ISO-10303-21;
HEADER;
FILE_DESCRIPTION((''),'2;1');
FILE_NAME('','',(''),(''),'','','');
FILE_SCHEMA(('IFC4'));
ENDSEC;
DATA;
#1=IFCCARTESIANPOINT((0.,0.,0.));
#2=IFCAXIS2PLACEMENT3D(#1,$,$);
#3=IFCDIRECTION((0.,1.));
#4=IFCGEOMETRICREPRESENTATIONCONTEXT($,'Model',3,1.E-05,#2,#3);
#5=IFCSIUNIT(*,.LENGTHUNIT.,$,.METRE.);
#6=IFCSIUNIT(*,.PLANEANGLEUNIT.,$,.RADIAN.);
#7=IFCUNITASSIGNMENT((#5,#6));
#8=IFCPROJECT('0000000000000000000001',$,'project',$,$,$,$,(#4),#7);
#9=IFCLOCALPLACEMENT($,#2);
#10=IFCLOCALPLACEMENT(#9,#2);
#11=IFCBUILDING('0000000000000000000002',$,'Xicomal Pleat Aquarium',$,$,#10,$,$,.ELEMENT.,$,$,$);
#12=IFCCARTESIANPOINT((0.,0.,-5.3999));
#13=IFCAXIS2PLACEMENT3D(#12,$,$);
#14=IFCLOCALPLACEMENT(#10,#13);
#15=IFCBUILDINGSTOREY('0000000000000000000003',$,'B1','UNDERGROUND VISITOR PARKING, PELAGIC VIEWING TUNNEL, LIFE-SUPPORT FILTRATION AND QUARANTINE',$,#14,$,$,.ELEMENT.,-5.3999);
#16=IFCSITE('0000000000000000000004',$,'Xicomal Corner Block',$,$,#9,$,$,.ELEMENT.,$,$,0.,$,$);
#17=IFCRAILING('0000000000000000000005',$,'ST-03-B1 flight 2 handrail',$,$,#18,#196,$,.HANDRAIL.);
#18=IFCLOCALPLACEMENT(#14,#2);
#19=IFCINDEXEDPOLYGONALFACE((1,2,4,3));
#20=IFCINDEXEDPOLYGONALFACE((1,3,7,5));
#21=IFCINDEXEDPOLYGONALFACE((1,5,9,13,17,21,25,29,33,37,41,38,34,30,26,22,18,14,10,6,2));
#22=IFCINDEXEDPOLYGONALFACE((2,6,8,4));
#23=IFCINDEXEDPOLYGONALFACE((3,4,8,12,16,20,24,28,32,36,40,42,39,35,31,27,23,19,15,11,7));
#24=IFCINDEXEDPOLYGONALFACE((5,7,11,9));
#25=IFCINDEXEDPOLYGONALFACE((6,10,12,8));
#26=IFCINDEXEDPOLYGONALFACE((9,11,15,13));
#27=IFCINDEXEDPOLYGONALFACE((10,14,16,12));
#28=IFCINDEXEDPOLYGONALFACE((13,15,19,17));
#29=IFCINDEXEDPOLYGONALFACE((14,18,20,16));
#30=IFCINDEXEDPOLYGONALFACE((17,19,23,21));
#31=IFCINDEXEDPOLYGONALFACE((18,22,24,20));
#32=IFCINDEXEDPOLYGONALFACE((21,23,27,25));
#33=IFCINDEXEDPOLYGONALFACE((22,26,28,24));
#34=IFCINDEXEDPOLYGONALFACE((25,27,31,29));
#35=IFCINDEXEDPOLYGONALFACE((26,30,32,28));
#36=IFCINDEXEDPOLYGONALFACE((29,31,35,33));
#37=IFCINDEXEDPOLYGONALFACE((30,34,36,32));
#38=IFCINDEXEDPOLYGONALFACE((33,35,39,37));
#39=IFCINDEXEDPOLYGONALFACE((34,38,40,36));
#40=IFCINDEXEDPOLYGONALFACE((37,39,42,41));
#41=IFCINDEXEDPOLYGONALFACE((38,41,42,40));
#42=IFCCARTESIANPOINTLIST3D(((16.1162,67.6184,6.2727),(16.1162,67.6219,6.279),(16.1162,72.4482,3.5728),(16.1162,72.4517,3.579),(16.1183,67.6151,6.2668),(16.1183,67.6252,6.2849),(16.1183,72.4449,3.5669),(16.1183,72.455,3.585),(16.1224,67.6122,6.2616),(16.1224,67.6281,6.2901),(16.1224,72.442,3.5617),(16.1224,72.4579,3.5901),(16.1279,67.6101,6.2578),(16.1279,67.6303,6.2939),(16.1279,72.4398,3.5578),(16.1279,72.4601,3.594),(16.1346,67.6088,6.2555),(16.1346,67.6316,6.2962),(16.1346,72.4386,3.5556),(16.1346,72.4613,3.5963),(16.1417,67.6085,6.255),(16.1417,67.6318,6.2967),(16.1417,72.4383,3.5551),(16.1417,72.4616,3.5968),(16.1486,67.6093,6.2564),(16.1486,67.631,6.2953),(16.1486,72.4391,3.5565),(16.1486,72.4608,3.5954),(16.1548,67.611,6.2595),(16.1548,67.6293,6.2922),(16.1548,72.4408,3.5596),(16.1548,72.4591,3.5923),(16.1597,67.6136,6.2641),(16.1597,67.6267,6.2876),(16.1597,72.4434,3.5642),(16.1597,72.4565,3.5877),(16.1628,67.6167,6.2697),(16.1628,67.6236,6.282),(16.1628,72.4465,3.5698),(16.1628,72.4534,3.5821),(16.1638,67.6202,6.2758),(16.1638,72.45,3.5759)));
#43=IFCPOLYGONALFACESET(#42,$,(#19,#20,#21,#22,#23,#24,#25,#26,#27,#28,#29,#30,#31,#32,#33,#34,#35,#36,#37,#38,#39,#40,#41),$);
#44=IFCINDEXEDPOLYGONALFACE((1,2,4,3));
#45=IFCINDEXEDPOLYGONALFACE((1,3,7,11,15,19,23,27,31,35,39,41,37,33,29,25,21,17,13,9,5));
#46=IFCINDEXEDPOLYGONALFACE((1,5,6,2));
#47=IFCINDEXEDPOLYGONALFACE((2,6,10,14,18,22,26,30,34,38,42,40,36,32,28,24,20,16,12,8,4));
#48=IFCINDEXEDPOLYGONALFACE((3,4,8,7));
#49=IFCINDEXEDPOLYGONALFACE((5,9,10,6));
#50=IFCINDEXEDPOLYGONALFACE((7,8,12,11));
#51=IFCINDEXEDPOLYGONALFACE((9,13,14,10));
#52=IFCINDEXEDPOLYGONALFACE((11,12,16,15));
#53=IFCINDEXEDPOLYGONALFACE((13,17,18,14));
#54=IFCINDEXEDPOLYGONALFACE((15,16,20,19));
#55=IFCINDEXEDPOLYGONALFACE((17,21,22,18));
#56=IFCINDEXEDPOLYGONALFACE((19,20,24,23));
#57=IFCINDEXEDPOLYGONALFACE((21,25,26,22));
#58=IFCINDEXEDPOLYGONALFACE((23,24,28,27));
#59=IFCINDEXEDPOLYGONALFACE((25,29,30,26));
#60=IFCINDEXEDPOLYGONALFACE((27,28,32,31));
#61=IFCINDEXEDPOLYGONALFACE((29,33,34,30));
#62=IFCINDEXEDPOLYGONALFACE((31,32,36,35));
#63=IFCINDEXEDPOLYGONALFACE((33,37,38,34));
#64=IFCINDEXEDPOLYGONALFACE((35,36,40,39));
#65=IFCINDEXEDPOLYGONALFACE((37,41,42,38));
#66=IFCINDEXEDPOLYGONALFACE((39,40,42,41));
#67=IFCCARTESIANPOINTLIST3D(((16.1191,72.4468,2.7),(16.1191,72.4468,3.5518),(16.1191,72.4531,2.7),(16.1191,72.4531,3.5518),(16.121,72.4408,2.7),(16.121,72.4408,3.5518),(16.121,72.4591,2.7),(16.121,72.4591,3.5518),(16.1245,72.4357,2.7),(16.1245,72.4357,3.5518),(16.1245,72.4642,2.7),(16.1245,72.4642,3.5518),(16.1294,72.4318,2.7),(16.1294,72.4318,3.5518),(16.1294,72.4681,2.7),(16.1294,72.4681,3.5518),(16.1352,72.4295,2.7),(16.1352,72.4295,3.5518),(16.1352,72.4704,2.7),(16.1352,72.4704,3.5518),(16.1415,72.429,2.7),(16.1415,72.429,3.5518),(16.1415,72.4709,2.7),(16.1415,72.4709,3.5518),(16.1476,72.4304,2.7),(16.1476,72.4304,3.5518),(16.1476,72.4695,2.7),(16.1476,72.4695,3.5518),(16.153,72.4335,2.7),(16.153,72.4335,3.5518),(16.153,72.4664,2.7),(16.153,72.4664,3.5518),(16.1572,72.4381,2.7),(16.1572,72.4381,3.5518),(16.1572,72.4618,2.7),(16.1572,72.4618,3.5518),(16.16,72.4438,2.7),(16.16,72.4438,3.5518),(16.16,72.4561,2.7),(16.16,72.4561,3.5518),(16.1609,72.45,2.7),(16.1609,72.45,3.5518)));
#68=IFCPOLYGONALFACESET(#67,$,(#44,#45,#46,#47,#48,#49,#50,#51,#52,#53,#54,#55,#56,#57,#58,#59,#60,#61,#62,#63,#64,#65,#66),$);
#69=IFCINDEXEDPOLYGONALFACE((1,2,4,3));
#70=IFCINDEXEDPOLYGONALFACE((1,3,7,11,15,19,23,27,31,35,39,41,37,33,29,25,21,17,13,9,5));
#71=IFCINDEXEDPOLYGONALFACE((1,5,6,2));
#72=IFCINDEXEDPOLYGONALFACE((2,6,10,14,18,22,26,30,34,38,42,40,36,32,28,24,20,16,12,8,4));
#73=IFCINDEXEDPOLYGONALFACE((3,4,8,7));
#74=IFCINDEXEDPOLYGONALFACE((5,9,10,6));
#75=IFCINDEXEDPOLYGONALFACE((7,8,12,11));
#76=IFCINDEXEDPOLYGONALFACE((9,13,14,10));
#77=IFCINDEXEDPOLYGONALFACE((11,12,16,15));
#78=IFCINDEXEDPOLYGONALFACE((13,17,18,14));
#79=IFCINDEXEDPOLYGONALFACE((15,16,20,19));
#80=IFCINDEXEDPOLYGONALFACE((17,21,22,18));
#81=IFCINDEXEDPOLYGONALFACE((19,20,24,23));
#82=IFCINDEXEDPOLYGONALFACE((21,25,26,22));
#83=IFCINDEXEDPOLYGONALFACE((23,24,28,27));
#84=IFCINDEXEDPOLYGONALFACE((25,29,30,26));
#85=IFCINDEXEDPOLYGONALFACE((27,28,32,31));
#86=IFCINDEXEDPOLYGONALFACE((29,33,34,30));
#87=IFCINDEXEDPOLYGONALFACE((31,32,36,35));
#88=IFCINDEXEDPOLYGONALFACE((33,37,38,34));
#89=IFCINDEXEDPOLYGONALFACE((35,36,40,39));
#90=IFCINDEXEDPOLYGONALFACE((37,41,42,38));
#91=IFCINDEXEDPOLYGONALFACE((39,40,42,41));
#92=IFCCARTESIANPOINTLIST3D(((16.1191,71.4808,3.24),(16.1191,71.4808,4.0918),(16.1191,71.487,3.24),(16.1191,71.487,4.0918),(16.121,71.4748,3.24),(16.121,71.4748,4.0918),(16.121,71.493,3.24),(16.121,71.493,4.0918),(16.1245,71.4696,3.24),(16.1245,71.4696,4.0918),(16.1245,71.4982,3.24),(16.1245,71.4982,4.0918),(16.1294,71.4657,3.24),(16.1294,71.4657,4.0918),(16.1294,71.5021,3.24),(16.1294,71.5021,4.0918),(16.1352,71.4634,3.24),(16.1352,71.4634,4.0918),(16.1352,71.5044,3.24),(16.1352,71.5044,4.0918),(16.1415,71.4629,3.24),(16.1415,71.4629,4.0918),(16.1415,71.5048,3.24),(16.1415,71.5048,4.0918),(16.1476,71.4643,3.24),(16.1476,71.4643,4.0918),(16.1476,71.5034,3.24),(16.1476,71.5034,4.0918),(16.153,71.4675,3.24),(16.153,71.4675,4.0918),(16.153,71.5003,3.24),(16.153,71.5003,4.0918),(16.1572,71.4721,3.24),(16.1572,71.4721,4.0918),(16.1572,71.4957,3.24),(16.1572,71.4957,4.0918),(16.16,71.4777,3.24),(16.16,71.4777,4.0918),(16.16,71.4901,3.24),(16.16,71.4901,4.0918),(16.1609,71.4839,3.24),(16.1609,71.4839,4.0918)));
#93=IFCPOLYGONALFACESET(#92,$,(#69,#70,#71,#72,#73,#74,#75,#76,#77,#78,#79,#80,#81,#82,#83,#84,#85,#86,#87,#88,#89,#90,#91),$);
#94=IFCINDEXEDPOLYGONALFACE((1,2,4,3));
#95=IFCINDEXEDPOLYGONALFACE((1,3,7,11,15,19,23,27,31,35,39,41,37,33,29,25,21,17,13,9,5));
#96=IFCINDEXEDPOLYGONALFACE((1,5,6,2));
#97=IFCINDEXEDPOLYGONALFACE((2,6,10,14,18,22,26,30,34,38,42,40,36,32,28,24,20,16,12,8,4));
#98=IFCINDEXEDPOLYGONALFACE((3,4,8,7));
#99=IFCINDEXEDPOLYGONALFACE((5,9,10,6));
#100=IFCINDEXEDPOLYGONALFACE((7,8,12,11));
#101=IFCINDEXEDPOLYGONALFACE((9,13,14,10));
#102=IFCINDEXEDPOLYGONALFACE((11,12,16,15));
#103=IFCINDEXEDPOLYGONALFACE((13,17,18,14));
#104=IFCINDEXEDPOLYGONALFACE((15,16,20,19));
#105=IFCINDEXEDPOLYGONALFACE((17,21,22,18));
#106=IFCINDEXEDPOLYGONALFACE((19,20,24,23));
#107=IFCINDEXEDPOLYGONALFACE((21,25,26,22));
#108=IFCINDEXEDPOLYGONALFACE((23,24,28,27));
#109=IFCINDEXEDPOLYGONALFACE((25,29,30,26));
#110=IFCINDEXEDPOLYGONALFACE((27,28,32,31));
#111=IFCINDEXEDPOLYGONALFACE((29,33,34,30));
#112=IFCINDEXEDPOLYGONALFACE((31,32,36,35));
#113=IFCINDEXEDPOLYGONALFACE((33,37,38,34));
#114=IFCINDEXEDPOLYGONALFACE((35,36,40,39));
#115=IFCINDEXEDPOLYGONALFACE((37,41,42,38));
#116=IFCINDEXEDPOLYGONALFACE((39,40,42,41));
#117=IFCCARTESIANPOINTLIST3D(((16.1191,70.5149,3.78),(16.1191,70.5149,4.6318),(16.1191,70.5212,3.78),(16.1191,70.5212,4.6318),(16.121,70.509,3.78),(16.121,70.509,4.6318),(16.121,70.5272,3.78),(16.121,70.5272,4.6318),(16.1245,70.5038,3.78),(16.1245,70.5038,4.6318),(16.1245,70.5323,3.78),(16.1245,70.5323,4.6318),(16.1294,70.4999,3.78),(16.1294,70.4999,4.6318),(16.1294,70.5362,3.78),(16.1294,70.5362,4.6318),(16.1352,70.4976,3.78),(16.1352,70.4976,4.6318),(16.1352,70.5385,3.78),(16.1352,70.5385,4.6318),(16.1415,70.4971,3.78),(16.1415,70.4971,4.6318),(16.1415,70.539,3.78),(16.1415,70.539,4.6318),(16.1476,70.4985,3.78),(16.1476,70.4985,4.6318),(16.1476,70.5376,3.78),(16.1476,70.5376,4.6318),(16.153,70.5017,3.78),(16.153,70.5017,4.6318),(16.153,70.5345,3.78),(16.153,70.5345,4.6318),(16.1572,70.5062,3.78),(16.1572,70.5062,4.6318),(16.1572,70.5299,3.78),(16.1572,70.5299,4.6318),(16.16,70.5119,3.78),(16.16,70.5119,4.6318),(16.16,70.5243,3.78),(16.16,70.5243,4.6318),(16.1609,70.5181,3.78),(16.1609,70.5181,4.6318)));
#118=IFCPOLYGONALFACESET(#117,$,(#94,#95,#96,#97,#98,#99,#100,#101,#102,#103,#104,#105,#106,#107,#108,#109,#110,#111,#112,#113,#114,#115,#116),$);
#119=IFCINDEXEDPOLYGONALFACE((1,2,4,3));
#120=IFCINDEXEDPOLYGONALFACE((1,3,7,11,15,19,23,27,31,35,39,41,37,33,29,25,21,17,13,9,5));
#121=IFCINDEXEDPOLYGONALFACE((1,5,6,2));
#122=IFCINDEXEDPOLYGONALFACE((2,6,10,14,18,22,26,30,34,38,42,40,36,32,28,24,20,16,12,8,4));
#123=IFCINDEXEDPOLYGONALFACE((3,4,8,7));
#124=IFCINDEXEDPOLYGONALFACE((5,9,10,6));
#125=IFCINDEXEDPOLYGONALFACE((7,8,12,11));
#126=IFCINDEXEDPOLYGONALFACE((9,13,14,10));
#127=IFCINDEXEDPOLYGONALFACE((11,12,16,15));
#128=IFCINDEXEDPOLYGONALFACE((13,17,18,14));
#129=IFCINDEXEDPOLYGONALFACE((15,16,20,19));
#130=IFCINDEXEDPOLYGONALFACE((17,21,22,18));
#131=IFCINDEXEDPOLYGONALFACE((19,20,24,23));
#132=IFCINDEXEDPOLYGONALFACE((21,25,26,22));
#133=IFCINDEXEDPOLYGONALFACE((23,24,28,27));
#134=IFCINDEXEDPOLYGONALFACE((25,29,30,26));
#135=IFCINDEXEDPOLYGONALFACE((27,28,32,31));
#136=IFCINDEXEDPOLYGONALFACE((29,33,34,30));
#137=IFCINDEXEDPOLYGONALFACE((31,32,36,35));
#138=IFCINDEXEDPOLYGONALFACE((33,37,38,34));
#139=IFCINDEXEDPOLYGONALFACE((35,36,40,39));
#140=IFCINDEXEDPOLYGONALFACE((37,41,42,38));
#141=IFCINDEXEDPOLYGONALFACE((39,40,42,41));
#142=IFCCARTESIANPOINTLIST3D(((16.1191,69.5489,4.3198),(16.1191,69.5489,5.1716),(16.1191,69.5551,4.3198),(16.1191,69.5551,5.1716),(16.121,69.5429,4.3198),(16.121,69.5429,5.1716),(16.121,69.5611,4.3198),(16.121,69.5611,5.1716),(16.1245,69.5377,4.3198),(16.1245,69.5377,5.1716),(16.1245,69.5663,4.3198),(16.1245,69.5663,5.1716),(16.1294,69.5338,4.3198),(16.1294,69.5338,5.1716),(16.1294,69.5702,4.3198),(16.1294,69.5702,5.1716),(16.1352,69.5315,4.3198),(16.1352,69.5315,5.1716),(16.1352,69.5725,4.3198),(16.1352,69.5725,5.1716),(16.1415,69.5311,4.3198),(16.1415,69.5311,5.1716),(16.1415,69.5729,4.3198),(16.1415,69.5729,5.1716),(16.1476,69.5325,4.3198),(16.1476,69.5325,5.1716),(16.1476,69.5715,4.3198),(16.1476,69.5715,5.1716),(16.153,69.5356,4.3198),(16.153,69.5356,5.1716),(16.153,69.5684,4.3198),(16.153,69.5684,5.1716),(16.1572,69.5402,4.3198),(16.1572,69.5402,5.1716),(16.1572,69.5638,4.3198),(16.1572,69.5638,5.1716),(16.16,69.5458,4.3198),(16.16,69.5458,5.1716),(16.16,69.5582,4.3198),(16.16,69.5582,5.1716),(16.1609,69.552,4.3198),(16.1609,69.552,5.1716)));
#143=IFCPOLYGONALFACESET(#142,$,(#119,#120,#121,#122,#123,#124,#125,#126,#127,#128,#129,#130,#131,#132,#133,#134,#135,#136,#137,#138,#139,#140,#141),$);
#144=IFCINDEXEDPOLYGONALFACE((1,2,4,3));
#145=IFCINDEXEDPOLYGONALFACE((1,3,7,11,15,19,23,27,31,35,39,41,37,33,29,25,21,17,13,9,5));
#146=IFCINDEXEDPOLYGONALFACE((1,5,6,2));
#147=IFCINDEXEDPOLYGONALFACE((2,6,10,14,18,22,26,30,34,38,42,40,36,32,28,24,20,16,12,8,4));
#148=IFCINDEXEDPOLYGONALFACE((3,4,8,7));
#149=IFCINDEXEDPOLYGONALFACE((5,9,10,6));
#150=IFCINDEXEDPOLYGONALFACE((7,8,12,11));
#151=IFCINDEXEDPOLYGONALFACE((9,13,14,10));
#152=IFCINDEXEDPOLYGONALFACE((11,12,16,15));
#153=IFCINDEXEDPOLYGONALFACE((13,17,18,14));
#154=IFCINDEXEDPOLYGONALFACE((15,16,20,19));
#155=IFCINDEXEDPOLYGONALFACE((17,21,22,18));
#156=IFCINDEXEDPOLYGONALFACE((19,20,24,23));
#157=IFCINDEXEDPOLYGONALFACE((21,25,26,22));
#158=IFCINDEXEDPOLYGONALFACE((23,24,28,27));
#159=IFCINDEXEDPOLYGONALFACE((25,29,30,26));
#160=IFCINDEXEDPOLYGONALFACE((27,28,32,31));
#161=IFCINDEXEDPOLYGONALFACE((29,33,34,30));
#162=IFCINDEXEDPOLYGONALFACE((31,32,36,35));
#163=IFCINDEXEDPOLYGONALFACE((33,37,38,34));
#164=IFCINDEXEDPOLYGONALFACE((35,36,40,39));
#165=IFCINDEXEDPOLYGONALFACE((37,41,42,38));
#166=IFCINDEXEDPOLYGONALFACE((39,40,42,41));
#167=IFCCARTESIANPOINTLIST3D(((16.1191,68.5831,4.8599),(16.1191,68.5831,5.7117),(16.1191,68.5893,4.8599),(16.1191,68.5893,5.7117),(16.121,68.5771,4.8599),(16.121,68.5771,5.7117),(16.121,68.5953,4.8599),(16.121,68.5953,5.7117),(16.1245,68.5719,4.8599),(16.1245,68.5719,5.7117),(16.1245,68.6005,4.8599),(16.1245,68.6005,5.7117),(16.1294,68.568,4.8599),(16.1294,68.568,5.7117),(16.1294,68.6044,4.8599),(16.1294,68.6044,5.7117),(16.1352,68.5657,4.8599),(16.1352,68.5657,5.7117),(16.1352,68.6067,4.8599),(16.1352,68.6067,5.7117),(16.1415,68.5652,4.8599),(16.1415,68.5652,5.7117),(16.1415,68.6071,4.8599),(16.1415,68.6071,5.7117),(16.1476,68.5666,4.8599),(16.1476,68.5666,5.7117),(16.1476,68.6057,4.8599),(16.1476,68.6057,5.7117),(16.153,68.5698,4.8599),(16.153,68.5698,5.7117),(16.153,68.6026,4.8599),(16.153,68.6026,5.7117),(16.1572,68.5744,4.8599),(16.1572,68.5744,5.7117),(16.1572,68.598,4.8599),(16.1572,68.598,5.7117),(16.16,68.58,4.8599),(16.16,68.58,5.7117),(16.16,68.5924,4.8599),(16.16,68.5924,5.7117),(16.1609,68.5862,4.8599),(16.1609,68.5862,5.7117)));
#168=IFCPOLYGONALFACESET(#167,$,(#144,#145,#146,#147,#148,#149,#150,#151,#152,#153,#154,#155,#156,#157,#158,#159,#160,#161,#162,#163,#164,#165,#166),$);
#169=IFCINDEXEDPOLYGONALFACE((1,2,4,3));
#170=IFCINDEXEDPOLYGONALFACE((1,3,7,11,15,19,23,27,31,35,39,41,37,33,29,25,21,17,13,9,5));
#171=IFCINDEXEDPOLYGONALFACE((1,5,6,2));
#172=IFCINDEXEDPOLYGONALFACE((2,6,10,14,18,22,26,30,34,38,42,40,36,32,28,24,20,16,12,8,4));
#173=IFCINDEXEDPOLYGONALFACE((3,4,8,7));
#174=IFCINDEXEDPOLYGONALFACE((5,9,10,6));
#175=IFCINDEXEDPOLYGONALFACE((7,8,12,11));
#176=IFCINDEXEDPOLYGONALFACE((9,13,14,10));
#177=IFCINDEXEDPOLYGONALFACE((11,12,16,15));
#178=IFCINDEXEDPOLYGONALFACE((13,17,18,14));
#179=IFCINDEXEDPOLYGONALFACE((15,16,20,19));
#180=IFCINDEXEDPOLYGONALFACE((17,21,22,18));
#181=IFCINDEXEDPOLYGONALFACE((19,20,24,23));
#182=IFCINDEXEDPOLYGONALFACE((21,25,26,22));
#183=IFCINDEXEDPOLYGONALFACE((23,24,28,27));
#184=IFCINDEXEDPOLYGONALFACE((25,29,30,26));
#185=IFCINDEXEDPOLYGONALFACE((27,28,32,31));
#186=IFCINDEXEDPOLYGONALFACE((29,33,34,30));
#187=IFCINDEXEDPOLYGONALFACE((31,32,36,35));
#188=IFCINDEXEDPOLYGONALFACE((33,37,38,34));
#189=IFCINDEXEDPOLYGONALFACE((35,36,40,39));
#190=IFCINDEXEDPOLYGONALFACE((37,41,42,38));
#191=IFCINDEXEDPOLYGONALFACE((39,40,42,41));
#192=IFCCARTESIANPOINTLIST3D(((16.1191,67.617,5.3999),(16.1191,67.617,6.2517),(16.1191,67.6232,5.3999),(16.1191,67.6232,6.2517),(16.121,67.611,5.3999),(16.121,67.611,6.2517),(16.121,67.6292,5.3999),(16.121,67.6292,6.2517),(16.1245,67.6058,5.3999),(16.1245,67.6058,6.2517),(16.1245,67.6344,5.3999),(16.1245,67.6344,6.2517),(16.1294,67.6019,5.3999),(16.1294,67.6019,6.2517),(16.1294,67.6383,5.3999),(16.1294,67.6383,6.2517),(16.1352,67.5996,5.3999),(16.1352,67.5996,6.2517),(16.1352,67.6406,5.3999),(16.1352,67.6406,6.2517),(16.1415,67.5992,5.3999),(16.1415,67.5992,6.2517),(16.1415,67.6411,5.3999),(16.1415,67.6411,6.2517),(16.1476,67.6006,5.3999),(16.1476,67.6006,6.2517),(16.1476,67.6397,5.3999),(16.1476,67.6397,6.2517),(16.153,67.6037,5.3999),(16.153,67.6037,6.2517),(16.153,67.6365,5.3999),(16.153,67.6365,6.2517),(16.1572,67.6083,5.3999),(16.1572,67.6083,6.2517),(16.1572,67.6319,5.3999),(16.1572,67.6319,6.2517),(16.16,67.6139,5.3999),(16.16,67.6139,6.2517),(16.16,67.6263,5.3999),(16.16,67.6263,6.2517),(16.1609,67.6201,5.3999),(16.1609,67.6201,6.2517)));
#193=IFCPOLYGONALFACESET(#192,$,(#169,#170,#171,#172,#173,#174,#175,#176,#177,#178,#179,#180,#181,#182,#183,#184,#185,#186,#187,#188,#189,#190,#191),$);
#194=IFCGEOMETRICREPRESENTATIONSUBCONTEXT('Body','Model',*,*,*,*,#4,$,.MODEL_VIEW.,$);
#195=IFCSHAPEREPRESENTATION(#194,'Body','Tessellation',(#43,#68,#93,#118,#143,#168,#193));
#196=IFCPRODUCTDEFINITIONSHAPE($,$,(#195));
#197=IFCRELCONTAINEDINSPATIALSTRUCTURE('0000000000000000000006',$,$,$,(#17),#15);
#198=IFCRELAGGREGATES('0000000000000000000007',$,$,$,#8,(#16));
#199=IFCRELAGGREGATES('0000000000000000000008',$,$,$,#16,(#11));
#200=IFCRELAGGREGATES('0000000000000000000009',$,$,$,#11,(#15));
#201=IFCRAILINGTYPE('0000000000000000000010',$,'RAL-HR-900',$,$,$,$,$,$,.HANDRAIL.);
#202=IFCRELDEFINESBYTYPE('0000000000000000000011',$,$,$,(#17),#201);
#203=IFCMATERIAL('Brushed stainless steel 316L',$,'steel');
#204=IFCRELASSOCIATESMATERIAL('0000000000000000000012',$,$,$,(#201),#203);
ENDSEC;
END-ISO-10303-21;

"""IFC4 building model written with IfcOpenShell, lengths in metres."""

from ifc_helpers import new_model, si_unit, direction, frame, origin, origin_2d, place, context, subcontext, project, spatial, circle, extrude, material, type_object, element, save


model = new_model("IFC4")

# Units and contexts
model_context = context("Model", 3, precision=1e-05, world=origin(), true_north=direction((0.0, 1.0)))
body_context = subcontext(model_context, "Body", "Model", "MODEL_VIEW")
ifc_project = project(units=[si_unit("LENGTHUNIT", "METRE"), si_unit("PLANEANGLEUNIT", "RADIAN")], contexts=[model_context])

# Site, building, storey
site_placement = place(None, origin())
site = spatial("IfcSite", under=ifc_project, at=site_placement, Name="Xicomal Corner Block", CompositionType="ELEMENT", RefElevation=0.0)
building_placement = place(site_placement, origin())
building = spatial("IfcBuilding", under=site, at=building_placement, Name="Xicomal Pleat Aquarium", CompositionType="ELEMENT")
storey_placement = place(building_placement, frame((0.0, 0.0, -5.3999)))
storey = spatial("IfcBuildingStorey", under=building, at=storey_placement, Name="B1", Description="UNDERGROUND VISITOR PARKING, PELAGIC VIEWING TUNNEL, LIFE-SUPPORT FILTRATION AND QUARANTINE", CompositionType="ELEMENT", Elevation=-5.3999)

# Railing
ifc_material_1 = material(Name="Brushed stainless steel 316L", Category="steel")
railing_type = type_object("IfcRailingType", Name="RAL-HR-900", PredefinedType="HANDRAIL", material=ifc_material_1)
railing_placement = place(storey_placement, frame((16.1399, 72.45, 2.7)))
element("IfcRailing", 1, at=railing_placement, inside=storey, type_object=railing_type, Name="ST-03-B1 flight 2 handrail", PredefinedType="HANDRAIL", context=body_context, shape_type="SweptSolid", body=[
    extrude(circle(Radius=0.0239, at=origin_2d()), frame((0.0, 0.0, 0.876), z_axis=(0.0, -0.872872, 0.487949), x_axis=(1.0, 0.0, 0.0)), (0.0, 0.0, 1.0), 5.5332),
    extrude(circle(Radius=0.021, at=origin_2d()), origin(), (0.0, 0.0, 1.0), 0.8518),
    extrude(circle(Radius=0.021, at=origin_2d()), frame((0.0, -0.9661, 0.54)), (0.0, 0.0, 1.0), 0.8518),
    extrude(circle(Radius=0.021, at=origin_2d()), frame((0.0, -1.9319, 1.0801)), (0.0, 0.0, 1.0), 0.8518),
    extrude(circle(Radius=0.021, at=origin_2d()), frame((0.0, -2.8979, 1.6199)), (0.0, 0.0, 1.0), 0.8518),
    extrude(circle(Radius=0.021, at=origin_2d()), frame((0.0, -3.8638, 2.1599)), (0.0, 0.0, 1.0), 0.8518),
    extrude(circle(Radius=0.021, at=origin_2d()), frame((0.0, -4.8298, 2.7)), (0.0, 0.0, 1.0), 0.8518),
])

save(model, "model.ifc")
